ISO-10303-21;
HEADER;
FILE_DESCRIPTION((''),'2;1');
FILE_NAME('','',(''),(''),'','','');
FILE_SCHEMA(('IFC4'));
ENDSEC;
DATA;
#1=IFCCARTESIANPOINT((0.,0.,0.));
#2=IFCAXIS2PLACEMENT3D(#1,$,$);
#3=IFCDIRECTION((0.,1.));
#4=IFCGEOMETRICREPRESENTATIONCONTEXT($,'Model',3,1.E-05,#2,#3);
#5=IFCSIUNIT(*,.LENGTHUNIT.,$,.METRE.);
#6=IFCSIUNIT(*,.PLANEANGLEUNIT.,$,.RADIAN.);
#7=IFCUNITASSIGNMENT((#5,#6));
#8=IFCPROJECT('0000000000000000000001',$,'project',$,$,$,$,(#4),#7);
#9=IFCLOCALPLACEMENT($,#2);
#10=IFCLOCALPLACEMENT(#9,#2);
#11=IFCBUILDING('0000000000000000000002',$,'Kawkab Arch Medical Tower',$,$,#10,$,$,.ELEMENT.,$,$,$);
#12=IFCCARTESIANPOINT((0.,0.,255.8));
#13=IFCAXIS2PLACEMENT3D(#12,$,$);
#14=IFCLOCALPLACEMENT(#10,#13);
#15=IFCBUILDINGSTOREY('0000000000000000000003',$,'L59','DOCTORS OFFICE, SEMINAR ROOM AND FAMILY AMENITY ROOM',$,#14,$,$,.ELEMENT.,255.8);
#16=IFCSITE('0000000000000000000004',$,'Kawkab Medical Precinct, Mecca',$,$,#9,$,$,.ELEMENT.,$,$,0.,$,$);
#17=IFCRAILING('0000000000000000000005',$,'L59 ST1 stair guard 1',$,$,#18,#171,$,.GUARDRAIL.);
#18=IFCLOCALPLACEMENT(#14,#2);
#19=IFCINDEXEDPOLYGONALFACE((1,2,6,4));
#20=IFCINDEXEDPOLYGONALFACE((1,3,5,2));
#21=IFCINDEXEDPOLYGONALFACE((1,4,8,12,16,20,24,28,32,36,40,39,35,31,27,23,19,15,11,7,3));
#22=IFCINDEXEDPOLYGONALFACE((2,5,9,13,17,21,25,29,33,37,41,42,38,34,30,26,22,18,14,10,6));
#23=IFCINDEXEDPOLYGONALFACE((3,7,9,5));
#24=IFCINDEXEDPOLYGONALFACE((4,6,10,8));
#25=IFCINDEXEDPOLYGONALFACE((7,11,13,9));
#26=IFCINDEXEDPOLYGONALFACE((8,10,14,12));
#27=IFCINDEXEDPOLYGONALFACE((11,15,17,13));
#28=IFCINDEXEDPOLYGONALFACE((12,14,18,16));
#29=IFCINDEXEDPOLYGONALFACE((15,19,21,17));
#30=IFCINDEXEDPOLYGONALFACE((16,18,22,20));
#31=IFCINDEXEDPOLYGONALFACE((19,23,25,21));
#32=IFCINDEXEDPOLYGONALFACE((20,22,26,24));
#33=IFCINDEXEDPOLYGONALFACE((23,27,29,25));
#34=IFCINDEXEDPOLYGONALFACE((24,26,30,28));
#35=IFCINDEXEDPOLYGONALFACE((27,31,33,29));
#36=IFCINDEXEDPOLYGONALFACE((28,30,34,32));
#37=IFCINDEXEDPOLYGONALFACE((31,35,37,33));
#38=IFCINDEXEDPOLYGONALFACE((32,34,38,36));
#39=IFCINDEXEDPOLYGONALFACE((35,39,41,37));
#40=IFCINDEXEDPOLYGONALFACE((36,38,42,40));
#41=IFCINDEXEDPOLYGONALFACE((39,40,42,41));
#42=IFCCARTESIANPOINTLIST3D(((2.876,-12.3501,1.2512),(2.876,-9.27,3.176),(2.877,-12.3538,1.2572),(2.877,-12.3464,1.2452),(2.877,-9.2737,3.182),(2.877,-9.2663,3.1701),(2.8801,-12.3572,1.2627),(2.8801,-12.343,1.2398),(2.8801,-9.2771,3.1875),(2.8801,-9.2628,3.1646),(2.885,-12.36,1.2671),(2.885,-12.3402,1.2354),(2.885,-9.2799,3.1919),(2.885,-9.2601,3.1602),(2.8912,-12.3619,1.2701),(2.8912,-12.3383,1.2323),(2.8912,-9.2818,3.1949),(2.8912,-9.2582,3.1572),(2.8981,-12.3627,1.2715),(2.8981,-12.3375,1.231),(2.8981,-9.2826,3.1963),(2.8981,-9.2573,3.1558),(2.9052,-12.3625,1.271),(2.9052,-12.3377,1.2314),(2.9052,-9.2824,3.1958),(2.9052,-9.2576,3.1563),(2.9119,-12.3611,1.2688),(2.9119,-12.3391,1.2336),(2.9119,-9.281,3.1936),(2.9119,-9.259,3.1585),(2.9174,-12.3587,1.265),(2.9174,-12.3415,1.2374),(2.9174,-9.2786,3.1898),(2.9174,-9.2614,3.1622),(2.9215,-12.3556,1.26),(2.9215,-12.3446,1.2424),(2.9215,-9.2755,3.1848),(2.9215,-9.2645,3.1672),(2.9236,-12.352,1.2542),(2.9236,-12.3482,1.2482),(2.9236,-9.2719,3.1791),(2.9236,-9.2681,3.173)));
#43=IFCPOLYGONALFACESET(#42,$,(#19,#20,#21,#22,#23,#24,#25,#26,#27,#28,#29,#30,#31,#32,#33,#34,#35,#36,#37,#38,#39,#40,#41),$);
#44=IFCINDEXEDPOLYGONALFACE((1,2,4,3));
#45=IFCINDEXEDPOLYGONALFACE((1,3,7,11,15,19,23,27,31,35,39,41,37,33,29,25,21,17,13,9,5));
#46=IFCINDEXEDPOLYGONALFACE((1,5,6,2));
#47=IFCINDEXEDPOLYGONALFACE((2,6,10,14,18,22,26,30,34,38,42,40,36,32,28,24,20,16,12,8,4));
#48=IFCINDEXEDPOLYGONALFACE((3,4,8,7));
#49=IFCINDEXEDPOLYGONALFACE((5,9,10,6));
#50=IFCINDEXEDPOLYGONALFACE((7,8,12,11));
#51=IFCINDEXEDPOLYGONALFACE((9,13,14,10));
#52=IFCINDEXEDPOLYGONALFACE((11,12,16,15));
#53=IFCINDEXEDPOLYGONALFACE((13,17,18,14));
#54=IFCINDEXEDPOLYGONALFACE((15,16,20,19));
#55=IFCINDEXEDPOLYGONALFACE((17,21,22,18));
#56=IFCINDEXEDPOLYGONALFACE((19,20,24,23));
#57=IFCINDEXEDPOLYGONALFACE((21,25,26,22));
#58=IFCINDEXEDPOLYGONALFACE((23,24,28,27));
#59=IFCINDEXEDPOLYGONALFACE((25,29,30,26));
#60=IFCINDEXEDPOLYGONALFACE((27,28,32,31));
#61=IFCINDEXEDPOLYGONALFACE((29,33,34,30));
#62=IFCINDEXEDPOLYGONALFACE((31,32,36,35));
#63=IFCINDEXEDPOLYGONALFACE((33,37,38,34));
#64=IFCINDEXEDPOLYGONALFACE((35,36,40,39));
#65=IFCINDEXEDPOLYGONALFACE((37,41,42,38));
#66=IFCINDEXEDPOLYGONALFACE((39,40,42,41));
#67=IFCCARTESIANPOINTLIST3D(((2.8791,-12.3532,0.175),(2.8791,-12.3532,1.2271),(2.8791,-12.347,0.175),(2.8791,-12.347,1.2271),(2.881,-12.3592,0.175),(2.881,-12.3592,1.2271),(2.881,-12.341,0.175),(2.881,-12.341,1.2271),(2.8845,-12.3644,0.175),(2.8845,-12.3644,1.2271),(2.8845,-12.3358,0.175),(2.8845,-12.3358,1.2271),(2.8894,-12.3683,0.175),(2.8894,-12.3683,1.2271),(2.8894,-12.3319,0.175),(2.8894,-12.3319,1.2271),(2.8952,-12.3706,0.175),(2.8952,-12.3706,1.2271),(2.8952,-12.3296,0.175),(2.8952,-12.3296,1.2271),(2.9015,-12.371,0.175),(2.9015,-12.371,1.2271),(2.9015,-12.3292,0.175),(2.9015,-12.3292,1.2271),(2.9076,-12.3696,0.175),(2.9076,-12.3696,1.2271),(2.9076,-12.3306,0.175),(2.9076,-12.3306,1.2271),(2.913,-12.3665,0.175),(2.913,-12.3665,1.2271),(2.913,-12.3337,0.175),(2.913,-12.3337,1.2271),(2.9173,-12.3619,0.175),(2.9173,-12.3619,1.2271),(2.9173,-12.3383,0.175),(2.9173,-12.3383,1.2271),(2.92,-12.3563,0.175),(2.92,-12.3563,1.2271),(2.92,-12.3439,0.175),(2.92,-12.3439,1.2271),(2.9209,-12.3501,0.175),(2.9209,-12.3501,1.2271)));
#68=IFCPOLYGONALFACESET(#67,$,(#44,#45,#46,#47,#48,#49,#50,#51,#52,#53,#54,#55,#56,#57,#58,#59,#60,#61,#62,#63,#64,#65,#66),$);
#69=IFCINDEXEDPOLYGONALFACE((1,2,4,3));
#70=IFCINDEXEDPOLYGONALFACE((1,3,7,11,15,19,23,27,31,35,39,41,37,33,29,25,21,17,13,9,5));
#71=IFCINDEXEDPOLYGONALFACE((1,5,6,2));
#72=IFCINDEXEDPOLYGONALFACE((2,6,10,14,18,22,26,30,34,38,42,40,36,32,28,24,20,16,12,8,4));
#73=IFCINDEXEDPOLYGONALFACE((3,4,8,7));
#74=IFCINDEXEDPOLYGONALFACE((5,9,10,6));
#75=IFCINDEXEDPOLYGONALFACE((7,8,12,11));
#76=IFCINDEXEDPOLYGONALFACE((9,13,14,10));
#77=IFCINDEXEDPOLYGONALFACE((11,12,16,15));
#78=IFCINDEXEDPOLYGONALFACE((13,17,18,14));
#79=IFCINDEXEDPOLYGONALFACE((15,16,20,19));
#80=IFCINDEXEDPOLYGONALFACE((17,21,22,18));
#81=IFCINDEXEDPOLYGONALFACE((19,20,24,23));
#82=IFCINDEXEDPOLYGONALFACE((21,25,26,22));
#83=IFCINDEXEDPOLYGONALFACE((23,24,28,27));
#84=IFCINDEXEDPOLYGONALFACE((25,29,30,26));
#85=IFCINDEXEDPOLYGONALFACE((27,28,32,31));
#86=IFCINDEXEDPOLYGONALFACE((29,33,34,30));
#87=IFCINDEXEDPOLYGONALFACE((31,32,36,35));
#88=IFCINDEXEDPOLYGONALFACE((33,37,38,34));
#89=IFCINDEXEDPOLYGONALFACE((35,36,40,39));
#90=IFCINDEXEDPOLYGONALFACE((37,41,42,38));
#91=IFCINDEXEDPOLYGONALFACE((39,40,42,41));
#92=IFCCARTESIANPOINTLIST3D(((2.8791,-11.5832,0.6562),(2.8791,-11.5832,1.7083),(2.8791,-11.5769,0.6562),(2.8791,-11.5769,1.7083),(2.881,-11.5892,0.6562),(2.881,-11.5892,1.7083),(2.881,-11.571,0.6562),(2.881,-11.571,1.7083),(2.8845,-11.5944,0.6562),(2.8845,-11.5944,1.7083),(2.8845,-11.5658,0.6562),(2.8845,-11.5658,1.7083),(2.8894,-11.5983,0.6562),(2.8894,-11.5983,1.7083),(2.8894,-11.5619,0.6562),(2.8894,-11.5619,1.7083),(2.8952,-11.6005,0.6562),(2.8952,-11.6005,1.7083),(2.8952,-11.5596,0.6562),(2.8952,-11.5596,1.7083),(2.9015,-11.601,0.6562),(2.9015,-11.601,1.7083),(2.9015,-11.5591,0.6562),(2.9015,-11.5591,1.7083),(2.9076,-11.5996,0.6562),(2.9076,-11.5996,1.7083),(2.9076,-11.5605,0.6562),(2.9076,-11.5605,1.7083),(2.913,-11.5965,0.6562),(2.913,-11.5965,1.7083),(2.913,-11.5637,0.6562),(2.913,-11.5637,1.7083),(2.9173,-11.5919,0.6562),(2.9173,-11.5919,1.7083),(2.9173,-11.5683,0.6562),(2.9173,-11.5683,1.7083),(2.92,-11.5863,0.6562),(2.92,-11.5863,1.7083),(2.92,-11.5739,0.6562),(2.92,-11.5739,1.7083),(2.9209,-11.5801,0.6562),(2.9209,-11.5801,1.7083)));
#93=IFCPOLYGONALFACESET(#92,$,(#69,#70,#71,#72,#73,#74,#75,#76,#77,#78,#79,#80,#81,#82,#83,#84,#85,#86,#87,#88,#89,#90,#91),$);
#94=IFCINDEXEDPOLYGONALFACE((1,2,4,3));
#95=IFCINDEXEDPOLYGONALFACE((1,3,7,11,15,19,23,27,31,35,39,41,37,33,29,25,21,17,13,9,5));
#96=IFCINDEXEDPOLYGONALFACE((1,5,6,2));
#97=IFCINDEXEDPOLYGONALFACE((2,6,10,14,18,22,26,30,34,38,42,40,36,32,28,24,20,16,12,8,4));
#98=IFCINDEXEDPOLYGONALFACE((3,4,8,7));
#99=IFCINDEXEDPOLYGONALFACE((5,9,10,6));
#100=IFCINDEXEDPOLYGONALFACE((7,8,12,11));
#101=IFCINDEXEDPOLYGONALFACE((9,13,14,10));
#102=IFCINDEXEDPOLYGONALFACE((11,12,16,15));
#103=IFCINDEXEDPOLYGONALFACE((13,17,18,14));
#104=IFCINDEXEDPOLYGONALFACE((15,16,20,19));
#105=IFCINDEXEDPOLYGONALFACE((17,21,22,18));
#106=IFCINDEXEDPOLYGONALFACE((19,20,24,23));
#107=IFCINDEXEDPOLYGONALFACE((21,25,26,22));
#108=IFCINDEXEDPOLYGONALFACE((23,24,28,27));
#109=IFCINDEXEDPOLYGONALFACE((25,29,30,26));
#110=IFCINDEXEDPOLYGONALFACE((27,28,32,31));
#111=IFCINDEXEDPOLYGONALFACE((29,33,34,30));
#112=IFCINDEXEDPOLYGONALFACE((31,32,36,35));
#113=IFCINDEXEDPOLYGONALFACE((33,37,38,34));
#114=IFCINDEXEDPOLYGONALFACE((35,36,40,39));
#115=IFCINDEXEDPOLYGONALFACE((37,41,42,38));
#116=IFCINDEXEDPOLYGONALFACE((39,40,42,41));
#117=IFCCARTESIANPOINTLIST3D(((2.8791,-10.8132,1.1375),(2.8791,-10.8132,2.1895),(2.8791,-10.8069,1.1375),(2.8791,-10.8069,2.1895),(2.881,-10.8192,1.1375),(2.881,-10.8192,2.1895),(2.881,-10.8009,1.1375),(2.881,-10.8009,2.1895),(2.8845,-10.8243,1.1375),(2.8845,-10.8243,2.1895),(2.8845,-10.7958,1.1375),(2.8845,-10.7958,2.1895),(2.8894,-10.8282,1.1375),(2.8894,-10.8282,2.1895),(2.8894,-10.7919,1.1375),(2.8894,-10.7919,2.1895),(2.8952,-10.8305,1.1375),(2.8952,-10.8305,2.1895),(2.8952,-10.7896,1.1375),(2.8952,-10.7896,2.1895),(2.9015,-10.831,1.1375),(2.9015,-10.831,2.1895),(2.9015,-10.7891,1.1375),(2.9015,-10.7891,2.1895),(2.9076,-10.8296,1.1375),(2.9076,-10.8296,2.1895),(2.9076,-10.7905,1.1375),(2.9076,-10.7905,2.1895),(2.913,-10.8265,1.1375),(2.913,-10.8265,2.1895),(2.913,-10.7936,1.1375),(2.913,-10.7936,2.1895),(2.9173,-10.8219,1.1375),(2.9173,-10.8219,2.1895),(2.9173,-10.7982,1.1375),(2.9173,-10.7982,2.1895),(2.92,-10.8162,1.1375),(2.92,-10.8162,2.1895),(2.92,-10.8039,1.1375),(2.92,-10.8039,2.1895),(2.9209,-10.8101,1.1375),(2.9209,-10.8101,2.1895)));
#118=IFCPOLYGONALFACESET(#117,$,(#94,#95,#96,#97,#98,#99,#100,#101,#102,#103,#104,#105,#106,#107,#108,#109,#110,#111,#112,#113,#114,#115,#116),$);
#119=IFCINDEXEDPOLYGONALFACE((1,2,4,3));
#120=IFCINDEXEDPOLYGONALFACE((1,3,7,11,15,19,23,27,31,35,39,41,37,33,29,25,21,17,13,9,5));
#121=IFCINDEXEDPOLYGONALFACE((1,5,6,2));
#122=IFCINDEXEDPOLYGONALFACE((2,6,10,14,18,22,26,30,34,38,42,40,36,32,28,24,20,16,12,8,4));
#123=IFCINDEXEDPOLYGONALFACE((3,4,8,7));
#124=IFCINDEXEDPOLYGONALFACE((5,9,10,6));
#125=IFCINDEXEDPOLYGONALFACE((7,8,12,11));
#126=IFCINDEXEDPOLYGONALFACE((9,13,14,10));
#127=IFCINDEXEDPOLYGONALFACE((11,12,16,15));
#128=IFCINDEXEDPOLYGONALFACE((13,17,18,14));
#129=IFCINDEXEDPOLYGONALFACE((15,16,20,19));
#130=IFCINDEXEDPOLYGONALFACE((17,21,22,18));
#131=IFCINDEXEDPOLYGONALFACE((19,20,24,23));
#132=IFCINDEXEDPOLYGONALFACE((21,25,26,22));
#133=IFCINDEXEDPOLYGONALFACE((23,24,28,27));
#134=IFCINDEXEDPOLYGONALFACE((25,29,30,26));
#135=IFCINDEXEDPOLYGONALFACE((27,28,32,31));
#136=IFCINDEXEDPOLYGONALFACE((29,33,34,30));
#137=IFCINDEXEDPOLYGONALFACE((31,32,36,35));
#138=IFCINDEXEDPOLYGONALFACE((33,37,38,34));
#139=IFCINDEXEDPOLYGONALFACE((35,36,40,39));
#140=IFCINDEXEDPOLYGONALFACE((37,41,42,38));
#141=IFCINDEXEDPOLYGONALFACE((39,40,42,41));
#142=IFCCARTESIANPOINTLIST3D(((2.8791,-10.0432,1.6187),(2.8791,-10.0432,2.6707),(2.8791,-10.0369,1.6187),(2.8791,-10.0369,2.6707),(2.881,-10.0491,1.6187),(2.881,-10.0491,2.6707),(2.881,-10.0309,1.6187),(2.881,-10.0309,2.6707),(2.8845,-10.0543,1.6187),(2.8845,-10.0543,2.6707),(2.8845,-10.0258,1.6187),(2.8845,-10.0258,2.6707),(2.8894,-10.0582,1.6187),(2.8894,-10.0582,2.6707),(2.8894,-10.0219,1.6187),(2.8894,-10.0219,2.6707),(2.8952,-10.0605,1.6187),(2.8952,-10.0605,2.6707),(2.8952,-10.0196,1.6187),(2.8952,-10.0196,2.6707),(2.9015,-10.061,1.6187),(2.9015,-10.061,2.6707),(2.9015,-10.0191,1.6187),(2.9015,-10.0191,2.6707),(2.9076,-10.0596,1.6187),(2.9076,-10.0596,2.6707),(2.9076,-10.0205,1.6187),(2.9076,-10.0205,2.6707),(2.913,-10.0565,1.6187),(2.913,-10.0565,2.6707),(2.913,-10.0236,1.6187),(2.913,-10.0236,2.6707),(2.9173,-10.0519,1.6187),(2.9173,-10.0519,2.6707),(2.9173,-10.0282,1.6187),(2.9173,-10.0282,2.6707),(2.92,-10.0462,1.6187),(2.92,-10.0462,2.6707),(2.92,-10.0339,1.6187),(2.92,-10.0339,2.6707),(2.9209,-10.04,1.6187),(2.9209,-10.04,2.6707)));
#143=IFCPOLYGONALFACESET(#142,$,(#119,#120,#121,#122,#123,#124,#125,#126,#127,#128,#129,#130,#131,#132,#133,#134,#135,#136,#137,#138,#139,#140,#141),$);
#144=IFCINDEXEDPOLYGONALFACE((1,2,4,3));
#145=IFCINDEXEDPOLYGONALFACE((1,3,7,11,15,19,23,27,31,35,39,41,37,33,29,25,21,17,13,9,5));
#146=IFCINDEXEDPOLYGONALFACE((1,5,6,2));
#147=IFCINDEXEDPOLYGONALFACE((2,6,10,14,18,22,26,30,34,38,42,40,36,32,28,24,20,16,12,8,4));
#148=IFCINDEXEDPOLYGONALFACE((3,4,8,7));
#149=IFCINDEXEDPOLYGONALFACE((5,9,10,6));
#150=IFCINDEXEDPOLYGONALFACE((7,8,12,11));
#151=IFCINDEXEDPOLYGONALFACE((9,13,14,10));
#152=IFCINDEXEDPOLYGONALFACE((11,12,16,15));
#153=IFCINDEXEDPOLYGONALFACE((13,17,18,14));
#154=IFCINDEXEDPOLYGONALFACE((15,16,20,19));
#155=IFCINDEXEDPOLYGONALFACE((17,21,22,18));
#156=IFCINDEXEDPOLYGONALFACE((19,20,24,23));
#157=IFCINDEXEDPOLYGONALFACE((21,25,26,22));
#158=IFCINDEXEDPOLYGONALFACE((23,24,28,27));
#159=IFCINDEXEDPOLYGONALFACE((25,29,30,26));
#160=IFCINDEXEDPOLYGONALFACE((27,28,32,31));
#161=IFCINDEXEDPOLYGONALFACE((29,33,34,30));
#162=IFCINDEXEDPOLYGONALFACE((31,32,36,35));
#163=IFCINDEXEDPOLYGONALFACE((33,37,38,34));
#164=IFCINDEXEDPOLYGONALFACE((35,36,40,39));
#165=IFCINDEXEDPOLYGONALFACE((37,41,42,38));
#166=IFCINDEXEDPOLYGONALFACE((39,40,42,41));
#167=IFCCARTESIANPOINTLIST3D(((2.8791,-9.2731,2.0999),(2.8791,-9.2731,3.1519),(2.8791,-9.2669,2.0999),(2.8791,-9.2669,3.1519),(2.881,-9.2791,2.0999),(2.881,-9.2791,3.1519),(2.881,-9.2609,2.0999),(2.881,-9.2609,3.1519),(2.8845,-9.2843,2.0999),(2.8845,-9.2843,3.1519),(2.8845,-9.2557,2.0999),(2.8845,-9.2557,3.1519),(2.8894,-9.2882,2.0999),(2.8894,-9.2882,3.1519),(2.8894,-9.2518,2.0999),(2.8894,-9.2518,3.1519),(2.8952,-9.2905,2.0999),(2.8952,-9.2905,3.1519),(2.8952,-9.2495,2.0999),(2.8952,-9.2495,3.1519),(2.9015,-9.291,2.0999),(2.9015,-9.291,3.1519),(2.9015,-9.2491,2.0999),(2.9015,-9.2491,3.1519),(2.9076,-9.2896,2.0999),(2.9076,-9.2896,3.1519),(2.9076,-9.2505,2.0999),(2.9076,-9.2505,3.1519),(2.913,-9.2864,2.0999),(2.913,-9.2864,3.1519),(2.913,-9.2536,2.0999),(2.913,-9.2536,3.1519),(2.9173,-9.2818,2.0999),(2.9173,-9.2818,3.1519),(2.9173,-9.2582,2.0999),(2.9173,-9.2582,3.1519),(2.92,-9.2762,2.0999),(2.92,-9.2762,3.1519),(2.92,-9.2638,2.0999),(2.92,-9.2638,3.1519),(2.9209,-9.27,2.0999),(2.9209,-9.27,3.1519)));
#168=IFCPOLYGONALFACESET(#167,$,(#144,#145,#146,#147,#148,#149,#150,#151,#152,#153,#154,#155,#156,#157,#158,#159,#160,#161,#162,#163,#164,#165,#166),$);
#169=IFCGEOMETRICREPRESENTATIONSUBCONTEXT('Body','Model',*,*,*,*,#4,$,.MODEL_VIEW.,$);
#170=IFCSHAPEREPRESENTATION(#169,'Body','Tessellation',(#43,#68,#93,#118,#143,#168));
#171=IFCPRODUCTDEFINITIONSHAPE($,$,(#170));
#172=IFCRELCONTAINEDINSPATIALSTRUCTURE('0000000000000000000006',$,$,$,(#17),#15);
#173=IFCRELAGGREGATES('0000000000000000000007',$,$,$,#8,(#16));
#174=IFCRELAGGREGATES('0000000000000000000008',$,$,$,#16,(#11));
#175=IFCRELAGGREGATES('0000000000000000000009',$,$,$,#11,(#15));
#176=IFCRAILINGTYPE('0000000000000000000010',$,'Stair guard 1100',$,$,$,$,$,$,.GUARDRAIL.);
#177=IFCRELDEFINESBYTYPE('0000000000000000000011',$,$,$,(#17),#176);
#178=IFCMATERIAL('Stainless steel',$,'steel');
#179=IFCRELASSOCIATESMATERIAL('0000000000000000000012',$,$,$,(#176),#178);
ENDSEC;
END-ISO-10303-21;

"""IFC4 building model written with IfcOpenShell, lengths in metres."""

from ifc_helpers import new_model, si_unit, direction, frame, origin, origin_2d, place, context, subcontext, project, spatial, circle, extrude, material, type_object, element, save


model = new_model("IFC4")

# Units and contexts
model_context = context("Model", 3, precision=1e-05, world=origin(), true_north=direction((0.0, 1.0)))
body_context = subcontext(model_context, "Body", "Model", "MODEL_VIEW")
ifc_project = project(units=[si_unit("LENGTHUNIT", "METRE"), si_unit("PLANEANGLEUNIT", "RADIAN")], contexts=[model_context])

# Site, building, storey
site_placement = place(None, origin())
site = spatial("IfcSite", under=ifc_project, at=site_placement, Name="Kawkab Medical Precinct, Mecca", CompositionType="ELEMENT", RefElevation=0.0)
building_placement = place(site_placement, origin())
building = spatial("IfcBuilding", under=site, at=building_placement, Name="Kawkab Arch Medical Tower", CompositionType="ELEMENT")
storey_placement = place(building_placement, frame((0.0, 0.0, 255.8)))
storey = spatial("IfcBuildingStorey", under=building, at=storey_placement, Name="L59", Description="DOCTORS OFFICE, SEMINAR ROOM AND FAMILY AMENITY ROOM", CompositionType="ELEMENT", Elevation=255.8)

# Railing
ifc_material_1 = material(Name="Stainless steel", Category="steel")
railing_type_1 = type_object("IfcRailingType", Name="Stair guard 1100", PredefinedType="GUARDRAIL", material=ifc_material_1)
railing_1_placement = place(storey_placement, frame((2.8999, -12.3501, 0.175)))
element("IfcRailing", 1, at=railing_1_placement, inside=storey, type_object=railing_type_1, Name="L59 ST1 stair guard 1", PredefinedType="GUARDRAIL", context=body_context, shape_type="SweptSolid", body=[
    extrude(circle(Radius=0.0239, at=origin_2d()), frame((0.0, 0.0, 1.0762), z_axis=(0.0, 0.848029, 0.529951), x_axis=(-1.0, 0.0, 0.0)), (0.0, 0.0, 1.0), 3.6321),
    extrude(circle(Radius=0.021, at=origin_2d()), origin(), (0.0, 0.0, 1.0), 1.052),
    extrude(circle(Radius=0.021, at=origin_2d()), frame((0.0, 0.77, 0.4812)), (0.0, 0.0, 1.0), 1.052),
    extrude(circle(Radius=0.021, at=origin_2d()), frame((0.0, 1.54, 0.9624)), (0.0, 0.0, 1.0), 1.052),
    extrude(circle(Radius=0.021, at=origin_2d()), frame((0.0, 2.3101, 1.4436)), (0.0, 0.0, 1.0), 1.052),
    extrude(circle(Radius=0.021, at=origin_2d()), frame((0.0, 3.0801, 1.9248)), (0.0, 0.0, 1.0), 1.052),
])

save(model, "model.ifc")
